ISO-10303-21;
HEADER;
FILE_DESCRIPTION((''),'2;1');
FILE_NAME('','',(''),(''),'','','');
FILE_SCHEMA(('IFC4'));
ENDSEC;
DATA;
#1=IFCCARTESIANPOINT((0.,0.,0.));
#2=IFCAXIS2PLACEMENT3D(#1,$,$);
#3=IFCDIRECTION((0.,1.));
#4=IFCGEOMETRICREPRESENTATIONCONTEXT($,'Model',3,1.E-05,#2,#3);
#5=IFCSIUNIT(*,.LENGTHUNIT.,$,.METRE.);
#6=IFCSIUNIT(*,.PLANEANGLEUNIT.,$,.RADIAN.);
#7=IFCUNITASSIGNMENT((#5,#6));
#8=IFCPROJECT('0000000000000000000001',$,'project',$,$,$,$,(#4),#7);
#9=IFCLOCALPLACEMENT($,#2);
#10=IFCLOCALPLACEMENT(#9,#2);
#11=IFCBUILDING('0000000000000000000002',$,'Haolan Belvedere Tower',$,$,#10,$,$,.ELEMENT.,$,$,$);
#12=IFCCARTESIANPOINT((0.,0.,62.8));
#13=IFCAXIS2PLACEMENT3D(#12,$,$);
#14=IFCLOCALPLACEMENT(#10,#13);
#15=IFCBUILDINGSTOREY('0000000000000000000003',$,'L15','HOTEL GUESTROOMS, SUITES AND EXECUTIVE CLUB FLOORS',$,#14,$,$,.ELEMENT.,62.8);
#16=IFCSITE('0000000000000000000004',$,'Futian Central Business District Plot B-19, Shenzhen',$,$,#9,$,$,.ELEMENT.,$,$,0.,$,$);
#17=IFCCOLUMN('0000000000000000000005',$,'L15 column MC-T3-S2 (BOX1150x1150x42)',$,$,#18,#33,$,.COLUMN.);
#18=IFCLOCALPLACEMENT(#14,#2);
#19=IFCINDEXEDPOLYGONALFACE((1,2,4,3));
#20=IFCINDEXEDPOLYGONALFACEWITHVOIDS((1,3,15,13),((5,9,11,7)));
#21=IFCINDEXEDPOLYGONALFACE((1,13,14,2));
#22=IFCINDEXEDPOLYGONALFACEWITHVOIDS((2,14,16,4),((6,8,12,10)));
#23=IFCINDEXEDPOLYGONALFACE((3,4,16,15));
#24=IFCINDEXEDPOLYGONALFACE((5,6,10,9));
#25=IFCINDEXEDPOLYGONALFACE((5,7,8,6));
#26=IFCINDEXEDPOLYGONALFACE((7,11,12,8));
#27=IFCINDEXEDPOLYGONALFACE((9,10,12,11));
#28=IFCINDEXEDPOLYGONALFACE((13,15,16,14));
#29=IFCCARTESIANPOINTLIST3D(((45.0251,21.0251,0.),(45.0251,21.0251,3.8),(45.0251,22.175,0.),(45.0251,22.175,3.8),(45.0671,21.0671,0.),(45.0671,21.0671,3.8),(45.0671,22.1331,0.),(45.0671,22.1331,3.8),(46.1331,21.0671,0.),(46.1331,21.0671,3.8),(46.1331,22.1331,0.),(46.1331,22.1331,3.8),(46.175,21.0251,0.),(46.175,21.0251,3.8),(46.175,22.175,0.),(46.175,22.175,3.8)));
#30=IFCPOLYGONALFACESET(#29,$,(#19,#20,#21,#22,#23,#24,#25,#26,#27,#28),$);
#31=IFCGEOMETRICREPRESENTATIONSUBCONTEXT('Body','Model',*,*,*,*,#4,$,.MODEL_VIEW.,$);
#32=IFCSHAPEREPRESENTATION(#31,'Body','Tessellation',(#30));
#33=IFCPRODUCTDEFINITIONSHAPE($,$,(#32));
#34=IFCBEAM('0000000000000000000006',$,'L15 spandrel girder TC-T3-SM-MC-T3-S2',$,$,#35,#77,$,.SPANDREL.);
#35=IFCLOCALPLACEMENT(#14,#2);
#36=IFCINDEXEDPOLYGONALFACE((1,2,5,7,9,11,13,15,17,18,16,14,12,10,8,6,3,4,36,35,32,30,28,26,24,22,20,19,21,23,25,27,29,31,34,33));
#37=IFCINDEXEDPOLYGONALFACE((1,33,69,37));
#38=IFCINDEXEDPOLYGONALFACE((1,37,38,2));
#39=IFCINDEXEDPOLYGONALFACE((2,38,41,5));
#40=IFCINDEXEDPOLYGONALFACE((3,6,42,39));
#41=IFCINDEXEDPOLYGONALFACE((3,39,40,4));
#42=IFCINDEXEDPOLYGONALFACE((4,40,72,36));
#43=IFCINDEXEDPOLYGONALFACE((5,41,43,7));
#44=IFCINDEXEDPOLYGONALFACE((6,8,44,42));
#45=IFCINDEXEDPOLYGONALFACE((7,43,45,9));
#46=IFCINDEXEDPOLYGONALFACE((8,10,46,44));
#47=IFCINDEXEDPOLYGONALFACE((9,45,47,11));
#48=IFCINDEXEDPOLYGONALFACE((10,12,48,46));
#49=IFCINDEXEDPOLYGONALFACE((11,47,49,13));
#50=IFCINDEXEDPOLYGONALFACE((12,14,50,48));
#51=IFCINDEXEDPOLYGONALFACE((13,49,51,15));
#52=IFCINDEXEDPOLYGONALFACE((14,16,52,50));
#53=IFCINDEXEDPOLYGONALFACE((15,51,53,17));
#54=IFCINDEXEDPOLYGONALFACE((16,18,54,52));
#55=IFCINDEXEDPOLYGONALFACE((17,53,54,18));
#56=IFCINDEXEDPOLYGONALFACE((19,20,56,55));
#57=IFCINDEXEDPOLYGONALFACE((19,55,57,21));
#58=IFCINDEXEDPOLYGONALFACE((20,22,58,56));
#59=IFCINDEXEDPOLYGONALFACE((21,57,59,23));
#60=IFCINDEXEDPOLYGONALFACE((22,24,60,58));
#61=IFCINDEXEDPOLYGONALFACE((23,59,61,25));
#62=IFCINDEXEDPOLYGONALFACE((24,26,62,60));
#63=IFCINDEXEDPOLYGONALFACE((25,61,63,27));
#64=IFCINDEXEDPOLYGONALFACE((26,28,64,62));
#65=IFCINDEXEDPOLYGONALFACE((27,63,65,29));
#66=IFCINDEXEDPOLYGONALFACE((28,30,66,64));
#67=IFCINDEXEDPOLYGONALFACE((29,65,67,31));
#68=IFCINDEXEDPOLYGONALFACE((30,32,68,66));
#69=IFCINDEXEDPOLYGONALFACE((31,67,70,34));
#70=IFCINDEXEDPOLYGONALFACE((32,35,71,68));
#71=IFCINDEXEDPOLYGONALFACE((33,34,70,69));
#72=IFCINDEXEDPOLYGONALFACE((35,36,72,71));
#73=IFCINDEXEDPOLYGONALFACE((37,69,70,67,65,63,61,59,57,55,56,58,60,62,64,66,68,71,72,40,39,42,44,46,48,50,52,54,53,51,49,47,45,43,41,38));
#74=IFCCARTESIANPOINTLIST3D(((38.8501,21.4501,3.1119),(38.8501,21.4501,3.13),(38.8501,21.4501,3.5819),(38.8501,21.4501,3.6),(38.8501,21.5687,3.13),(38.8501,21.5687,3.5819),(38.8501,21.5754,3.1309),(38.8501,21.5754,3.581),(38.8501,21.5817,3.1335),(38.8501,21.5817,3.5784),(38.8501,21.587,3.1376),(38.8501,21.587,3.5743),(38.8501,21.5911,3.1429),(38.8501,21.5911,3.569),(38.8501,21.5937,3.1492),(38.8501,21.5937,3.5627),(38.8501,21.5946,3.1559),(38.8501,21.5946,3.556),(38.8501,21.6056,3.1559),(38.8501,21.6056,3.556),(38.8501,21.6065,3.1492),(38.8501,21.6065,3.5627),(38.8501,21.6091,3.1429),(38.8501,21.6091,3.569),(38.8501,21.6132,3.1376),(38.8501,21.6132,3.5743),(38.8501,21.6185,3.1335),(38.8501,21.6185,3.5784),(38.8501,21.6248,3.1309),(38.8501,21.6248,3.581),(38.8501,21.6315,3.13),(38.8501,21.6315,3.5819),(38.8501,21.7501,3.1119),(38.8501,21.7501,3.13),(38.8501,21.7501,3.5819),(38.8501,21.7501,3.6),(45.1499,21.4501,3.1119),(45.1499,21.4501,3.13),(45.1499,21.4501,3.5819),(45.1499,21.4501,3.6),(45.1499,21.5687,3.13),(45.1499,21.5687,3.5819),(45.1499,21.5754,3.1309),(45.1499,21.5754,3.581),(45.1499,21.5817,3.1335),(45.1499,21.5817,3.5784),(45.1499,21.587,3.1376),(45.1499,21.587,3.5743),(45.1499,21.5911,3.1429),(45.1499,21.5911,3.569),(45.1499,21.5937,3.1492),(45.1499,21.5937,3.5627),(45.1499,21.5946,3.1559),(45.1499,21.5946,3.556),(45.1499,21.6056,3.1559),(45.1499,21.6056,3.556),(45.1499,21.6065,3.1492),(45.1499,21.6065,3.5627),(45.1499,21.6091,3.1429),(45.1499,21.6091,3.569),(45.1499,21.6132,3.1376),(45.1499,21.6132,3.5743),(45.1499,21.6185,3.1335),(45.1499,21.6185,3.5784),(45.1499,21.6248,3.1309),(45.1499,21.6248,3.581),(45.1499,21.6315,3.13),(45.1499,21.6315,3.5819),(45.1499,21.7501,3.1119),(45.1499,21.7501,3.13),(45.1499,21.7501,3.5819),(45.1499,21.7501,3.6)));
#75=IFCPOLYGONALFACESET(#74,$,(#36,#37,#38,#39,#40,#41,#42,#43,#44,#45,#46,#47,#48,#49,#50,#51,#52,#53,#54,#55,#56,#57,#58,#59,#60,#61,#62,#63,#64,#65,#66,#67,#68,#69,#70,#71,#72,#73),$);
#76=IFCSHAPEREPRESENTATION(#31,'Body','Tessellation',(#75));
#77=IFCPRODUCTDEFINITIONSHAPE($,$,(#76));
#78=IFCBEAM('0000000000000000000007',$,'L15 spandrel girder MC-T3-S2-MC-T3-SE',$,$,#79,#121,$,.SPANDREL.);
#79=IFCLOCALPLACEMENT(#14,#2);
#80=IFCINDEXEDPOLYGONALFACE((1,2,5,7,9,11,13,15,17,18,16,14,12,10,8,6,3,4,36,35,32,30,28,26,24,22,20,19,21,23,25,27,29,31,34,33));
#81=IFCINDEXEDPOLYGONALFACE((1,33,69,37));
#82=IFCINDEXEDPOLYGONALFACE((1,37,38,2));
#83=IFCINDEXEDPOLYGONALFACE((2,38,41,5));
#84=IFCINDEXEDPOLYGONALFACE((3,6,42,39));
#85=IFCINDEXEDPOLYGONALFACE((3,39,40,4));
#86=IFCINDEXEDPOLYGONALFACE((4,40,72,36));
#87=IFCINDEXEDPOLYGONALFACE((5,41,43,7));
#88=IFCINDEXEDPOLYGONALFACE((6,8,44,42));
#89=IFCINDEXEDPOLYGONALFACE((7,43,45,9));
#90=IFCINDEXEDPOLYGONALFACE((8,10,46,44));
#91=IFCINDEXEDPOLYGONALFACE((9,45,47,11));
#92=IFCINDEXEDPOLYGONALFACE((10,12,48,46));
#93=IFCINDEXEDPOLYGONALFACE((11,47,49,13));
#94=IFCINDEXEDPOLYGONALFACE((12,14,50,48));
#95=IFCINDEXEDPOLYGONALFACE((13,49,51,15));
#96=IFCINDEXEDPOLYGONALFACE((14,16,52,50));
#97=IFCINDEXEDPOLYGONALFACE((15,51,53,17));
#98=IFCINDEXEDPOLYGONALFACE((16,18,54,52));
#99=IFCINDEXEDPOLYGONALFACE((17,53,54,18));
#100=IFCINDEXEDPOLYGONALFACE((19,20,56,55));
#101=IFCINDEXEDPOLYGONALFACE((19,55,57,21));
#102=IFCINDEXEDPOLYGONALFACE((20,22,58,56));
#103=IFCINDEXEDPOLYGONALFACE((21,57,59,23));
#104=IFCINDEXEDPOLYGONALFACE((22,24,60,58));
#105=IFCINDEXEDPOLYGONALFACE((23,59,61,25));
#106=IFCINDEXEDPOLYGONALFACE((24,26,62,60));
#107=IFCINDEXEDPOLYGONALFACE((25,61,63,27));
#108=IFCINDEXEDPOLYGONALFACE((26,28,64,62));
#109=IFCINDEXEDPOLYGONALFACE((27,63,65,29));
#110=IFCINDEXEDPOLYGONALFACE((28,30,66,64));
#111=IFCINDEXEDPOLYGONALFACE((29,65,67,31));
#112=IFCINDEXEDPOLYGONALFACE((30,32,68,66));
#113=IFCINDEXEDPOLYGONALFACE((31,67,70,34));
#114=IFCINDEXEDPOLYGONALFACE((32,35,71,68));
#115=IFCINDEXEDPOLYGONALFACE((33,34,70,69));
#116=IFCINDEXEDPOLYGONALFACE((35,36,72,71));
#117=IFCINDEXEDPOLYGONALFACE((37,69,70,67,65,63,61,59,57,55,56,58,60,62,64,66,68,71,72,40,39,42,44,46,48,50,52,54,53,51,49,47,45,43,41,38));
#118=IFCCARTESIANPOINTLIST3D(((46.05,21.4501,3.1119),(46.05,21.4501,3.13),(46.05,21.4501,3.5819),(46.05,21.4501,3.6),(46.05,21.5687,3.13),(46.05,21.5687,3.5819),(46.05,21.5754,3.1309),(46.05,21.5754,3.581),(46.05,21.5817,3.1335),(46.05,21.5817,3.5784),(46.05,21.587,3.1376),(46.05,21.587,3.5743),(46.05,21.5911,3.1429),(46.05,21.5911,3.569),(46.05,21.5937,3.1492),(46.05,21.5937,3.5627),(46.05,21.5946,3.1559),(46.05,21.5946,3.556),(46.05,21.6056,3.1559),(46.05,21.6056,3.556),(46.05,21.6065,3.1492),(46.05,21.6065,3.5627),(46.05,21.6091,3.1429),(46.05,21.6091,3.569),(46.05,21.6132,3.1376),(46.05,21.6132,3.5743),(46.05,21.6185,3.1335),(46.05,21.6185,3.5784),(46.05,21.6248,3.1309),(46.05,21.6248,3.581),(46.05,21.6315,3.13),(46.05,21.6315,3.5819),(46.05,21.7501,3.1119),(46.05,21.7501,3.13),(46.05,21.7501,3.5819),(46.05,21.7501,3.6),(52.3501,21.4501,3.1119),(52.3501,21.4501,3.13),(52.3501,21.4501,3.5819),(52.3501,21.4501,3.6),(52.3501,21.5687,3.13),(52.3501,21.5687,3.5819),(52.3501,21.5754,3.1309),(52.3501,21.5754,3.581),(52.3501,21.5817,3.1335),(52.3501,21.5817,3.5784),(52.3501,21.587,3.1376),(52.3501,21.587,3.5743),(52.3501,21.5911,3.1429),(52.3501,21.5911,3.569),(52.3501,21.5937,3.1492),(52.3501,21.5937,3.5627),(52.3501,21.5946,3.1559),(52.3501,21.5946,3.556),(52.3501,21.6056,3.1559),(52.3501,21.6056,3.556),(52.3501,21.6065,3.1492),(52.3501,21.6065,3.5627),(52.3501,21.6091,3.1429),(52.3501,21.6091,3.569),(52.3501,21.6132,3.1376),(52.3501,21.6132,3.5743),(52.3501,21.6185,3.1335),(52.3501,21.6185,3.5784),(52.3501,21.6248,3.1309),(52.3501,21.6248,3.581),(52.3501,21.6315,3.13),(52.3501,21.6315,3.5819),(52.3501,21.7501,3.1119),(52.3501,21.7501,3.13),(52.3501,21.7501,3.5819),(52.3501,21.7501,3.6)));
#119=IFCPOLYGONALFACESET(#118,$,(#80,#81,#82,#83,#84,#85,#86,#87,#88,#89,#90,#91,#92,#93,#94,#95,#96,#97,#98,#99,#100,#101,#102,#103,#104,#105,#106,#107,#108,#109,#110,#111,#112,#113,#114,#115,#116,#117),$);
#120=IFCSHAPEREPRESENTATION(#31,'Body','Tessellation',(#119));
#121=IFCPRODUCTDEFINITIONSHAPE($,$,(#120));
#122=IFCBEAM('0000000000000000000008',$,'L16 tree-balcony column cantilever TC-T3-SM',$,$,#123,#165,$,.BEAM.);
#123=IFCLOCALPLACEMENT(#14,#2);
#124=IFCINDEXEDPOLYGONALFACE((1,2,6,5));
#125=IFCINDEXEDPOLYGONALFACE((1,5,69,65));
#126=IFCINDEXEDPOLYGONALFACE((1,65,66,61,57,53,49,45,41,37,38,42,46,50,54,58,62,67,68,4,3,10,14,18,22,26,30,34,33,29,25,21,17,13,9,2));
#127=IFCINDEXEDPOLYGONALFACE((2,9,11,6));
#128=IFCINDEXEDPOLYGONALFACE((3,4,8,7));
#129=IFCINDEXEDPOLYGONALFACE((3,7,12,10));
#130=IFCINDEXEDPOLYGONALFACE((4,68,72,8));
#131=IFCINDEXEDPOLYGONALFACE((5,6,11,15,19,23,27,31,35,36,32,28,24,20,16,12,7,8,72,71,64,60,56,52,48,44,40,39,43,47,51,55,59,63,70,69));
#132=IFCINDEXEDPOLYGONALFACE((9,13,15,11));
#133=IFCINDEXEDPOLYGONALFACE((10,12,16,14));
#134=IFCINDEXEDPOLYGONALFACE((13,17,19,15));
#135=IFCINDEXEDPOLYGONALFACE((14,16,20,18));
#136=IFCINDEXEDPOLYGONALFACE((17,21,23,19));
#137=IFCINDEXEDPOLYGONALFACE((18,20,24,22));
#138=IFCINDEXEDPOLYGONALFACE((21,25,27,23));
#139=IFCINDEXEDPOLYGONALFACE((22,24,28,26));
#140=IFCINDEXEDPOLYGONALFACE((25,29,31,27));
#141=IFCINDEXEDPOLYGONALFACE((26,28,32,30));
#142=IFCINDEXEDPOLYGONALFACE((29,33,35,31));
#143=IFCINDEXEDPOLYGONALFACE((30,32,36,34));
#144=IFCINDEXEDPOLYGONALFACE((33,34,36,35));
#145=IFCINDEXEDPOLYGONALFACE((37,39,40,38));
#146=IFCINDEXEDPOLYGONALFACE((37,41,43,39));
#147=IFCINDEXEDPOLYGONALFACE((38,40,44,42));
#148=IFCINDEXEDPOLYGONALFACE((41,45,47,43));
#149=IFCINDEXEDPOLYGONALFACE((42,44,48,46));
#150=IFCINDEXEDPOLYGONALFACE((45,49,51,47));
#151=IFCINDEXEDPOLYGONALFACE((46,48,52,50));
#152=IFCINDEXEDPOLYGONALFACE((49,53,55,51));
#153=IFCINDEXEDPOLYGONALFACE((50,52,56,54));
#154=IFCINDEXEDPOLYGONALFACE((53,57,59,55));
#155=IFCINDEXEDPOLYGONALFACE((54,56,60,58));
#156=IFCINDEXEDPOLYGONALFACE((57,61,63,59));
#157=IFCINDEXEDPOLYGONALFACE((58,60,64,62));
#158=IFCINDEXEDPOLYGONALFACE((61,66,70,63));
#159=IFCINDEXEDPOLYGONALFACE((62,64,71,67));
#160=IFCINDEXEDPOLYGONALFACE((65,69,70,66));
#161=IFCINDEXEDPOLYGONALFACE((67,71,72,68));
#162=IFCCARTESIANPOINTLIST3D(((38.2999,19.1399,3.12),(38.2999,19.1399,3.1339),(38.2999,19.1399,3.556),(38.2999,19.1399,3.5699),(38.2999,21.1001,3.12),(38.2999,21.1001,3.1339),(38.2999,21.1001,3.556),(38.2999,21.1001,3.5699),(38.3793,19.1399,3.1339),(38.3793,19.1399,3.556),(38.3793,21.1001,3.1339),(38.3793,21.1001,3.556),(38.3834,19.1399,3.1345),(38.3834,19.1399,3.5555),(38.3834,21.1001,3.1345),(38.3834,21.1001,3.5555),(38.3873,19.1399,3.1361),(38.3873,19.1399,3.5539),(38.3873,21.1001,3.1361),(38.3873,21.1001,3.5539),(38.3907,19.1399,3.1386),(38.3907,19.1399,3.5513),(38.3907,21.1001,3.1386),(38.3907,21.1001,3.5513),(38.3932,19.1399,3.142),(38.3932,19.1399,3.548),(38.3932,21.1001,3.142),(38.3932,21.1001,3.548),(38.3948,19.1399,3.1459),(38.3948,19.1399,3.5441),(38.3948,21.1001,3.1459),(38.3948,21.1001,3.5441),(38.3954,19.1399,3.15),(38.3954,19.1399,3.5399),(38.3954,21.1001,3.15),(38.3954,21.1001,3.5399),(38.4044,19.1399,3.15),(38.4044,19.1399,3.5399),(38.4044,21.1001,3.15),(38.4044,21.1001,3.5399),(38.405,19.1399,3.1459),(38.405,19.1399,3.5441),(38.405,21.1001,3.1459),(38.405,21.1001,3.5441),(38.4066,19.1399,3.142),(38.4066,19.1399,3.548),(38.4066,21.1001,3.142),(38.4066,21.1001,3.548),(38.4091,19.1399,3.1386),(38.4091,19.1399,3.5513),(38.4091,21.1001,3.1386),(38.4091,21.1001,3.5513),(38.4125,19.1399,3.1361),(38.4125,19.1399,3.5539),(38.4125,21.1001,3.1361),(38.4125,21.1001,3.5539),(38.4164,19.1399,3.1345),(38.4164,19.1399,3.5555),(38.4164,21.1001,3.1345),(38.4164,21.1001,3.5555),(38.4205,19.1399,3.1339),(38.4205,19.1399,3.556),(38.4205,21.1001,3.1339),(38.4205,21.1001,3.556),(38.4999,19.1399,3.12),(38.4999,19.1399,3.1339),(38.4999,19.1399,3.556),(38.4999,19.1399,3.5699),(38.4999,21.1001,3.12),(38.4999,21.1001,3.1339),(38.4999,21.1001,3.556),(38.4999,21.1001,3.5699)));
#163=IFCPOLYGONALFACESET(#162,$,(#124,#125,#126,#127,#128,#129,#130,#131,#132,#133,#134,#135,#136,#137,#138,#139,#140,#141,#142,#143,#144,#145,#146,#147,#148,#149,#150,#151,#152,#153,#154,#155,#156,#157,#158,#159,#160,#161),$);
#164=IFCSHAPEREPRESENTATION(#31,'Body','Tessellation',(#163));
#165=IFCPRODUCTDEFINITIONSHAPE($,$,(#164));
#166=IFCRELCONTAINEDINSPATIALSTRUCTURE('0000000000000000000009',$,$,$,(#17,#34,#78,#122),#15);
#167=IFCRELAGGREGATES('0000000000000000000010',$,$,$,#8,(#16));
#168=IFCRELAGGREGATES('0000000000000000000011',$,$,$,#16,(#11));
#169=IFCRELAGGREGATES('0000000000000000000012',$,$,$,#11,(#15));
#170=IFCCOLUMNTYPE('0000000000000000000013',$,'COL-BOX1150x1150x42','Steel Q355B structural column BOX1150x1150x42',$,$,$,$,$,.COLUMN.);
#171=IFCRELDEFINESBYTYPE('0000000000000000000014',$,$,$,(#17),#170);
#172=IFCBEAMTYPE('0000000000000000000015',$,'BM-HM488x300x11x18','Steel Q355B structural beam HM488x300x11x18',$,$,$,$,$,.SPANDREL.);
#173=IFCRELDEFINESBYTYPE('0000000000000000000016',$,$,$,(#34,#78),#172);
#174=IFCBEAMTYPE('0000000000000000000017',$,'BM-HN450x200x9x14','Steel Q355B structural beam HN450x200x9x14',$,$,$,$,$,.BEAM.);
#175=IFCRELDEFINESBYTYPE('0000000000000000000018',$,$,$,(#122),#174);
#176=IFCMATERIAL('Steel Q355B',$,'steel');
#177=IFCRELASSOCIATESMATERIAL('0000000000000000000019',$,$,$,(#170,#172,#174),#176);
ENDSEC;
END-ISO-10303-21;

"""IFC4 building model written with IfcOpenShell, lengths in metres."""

from ifc_helpers import new_model, si_unit, direction, frame, origin, origin_2d, place, context, subcontext, project, spatial, hollow_rectangle, i_section, extrude, material, material_profile, profile_set, type_object, element, save


model = new_model("IFC4")

# Units and contexts
model_context = context("Model", 3, precision=1e-05, world=origin(), true_north=direction((0.0, 1.0)))
body_context = subcontext(model_context, "Body", "Model", "MODEL_VIEW")
ifc_project = project(units=[si_unit("LENGTHUNIT", "METRE"), si_unit("PLANEANGLEUNIT", "RADIAN")], contexts=[model_context])

# Site, building, storey
site_placement = place(None, origin())
site = spatial("IfcSite", under=ifc_project, at=site_placement, Name="Futian Central Business District Plot B-19, Shenzhen", CompositionType="ELEMENT", RefElevation=0.0)
building_placement = place(site_placement, origin())
building = spatial("IfcBuilding", under=site, at=building_placement, Name="Haolan Belvedere Tower", CompositionType="ELEMENT")
storey_placement = place(building_placement, frame((0.0, 0.0, 62.8)))
storey = spatial("IfcBuildingStorey", under=building, at=storey_placement, Name="L15", Description="HOTEL GUESTROOMS, SUITES AND EXECUTIVE CLUB FLOORS", CompositionType="ELEMENT", Elevation=62.8)

# Column
ifc_material_1 = material(Name="Steel Q355B", Category="steel")
ifc_material_profile_1 = material_profile(ifc_material_1, hollow_rectangle(XDim=1.1499, YDim=1.1499, WallThickness=0.042, at=origin_2d()), Name="Steel Q355B")
ifc_profile_set_1 = profile_set([ifc_material_profile_1], Name="Steel Q355B")
column_type = type_object("IfcColumnType", Name="COL-BOX1150x1150x42", Description="Steel Q355B structural column BOX1150x1150x42", PredefinedType="COLUMN", material=ifc_profile_set_1)
column_placement = place(storey_placement, frame((45.6001, 21.6001, 0.0), z_axis=(0.0, 0.0, 1.0), x_axis=(1.0, 0.0, 0.0)))
element("IfcColumn", 1, at=column_placement, inside=storey, type_object=column_type, Name="L15 column MC-T3-S2 (BOX1150x1150x42)", PredefinedType="COLUMN", context=body_context, shape_type="SweptSolid", body=[
    extrude(hollow_rectangle(XDim=1.1499, YDim=1.1499, WallThickness=0.042, at=origin_2d()), origin(), (0.0, 0.0, 1.0), 3.8),
])

# Beams
ifc_material_profile_2 = material_profile(ifc_material_1, i_section(OverallWidth=0.3, OverallDepth=0.488, WebThickness=0.011, FlangeThickness=0.0181, FilletRadius=0.0259, at=origin_2d()), Name="Steel Q355B")
ifc_profile_set_2 = profile_set([ifc_material_profile_2], Name="Steel Q355B")
beam_type_1 = type_object("IfcBeamType", Name="BM-HM488x300x11x18", Description="Steel Q355B structural beam HM488x300x11x18", PredefinedType="SPANDREL", material=ifc_profile_set_2)
beam_1_placement = place(storey_placement, frame((38.8501, 21.6001, 3.356), z_axis=(1.0, 0.0, 0.0), x_axis=(0.0, 1.0, 0.0)))
element("IfcBeam", 2, at=beam_1_placement, inside=storey, type_object=beam_type_1, Name="L15 spandrel girder TC-T3-SM-MC-T3-S2", PredefinedType="SPANDREL", context=body_context, shape_type="SweptSolid", body=[
    extrude(i_section(OverallWidth=0.3, OverallDepth=0.488, WebThickness=0.011, FlangeThickness=0.0181, FilletRadius=0.0259, at=origin_2d()), origin(), (0.0, 0.0, 1.0), 6.2998),
])
beam_2_placement = place(storey_placement, frame((46.05, 21.6001, 3.356), z_axis=(1.0, 0.0, 0.0), x_axis=(0.0, 1.0, 0.0)))
element("IfcBeam", 3, at=beam_2_placement, inside=storey, type_object=beam_type_1, Name="L15 spandrel girder MC-T3-S2-MC-T3-SE", PredefinedType="SPANDREL", context=body_context, shape_type="SweptSolid", body=[
    extrude(i_section(OverallWidth=0.3, OverallDepth=0.488, WebThickness=0.011, FlangeThickness=0.0181, FilletRadius=0.0259, at=origin_2d()), origin(), (0.0, 0.0, 1.0), 6.3),
])
ifc_material_profile_3 = material_profile(ifc_material_1, i_section(OverallWidth=0.2, OverallDepth=0.45, WebThickness=0.009, FlangeThickness=0.0139, FilletRadius=0.0161, at=origin_2d()), Name="Steel Q355B")
ifc_profile_set_3 = profile_set([ifc_material_profile_3], Name="Steel Q355B")
beam_type_2 = type_object("IfcBeamType", Name="BM-HN450x200x9x14", Description="Steel Q355B structural beam HN450x200x9x14", PredefinedType="BEAM", material=ifc_profile_set_3)
beam_3_placement = place(storey_placement, frame((38.3999, 21.1001, 3.345), z_axis=(0.0, -1.0, 0.0), x_axis=(1.0, 0.0, 0.0)))
element("IfcBeam", 4, at=beam_3_placement, inside=storey, type_object=beam_type_2, Name="L16 tree-balcony column cantilever TC-T3-SM", PredefinedType="BEAM", context=body_context, shape_type="SweptSolid", body=[
    extrude(i_section(OverallWidth=0.2, OverallDepth=0.45, WebThickness=0.009, FlangeThickness=0.0139, FilletRadius=0.0161, at=origin_2d()), origin(), (0.0, 0.0, 1.0), 1.9602),
])

save(model, "model.ifc")
